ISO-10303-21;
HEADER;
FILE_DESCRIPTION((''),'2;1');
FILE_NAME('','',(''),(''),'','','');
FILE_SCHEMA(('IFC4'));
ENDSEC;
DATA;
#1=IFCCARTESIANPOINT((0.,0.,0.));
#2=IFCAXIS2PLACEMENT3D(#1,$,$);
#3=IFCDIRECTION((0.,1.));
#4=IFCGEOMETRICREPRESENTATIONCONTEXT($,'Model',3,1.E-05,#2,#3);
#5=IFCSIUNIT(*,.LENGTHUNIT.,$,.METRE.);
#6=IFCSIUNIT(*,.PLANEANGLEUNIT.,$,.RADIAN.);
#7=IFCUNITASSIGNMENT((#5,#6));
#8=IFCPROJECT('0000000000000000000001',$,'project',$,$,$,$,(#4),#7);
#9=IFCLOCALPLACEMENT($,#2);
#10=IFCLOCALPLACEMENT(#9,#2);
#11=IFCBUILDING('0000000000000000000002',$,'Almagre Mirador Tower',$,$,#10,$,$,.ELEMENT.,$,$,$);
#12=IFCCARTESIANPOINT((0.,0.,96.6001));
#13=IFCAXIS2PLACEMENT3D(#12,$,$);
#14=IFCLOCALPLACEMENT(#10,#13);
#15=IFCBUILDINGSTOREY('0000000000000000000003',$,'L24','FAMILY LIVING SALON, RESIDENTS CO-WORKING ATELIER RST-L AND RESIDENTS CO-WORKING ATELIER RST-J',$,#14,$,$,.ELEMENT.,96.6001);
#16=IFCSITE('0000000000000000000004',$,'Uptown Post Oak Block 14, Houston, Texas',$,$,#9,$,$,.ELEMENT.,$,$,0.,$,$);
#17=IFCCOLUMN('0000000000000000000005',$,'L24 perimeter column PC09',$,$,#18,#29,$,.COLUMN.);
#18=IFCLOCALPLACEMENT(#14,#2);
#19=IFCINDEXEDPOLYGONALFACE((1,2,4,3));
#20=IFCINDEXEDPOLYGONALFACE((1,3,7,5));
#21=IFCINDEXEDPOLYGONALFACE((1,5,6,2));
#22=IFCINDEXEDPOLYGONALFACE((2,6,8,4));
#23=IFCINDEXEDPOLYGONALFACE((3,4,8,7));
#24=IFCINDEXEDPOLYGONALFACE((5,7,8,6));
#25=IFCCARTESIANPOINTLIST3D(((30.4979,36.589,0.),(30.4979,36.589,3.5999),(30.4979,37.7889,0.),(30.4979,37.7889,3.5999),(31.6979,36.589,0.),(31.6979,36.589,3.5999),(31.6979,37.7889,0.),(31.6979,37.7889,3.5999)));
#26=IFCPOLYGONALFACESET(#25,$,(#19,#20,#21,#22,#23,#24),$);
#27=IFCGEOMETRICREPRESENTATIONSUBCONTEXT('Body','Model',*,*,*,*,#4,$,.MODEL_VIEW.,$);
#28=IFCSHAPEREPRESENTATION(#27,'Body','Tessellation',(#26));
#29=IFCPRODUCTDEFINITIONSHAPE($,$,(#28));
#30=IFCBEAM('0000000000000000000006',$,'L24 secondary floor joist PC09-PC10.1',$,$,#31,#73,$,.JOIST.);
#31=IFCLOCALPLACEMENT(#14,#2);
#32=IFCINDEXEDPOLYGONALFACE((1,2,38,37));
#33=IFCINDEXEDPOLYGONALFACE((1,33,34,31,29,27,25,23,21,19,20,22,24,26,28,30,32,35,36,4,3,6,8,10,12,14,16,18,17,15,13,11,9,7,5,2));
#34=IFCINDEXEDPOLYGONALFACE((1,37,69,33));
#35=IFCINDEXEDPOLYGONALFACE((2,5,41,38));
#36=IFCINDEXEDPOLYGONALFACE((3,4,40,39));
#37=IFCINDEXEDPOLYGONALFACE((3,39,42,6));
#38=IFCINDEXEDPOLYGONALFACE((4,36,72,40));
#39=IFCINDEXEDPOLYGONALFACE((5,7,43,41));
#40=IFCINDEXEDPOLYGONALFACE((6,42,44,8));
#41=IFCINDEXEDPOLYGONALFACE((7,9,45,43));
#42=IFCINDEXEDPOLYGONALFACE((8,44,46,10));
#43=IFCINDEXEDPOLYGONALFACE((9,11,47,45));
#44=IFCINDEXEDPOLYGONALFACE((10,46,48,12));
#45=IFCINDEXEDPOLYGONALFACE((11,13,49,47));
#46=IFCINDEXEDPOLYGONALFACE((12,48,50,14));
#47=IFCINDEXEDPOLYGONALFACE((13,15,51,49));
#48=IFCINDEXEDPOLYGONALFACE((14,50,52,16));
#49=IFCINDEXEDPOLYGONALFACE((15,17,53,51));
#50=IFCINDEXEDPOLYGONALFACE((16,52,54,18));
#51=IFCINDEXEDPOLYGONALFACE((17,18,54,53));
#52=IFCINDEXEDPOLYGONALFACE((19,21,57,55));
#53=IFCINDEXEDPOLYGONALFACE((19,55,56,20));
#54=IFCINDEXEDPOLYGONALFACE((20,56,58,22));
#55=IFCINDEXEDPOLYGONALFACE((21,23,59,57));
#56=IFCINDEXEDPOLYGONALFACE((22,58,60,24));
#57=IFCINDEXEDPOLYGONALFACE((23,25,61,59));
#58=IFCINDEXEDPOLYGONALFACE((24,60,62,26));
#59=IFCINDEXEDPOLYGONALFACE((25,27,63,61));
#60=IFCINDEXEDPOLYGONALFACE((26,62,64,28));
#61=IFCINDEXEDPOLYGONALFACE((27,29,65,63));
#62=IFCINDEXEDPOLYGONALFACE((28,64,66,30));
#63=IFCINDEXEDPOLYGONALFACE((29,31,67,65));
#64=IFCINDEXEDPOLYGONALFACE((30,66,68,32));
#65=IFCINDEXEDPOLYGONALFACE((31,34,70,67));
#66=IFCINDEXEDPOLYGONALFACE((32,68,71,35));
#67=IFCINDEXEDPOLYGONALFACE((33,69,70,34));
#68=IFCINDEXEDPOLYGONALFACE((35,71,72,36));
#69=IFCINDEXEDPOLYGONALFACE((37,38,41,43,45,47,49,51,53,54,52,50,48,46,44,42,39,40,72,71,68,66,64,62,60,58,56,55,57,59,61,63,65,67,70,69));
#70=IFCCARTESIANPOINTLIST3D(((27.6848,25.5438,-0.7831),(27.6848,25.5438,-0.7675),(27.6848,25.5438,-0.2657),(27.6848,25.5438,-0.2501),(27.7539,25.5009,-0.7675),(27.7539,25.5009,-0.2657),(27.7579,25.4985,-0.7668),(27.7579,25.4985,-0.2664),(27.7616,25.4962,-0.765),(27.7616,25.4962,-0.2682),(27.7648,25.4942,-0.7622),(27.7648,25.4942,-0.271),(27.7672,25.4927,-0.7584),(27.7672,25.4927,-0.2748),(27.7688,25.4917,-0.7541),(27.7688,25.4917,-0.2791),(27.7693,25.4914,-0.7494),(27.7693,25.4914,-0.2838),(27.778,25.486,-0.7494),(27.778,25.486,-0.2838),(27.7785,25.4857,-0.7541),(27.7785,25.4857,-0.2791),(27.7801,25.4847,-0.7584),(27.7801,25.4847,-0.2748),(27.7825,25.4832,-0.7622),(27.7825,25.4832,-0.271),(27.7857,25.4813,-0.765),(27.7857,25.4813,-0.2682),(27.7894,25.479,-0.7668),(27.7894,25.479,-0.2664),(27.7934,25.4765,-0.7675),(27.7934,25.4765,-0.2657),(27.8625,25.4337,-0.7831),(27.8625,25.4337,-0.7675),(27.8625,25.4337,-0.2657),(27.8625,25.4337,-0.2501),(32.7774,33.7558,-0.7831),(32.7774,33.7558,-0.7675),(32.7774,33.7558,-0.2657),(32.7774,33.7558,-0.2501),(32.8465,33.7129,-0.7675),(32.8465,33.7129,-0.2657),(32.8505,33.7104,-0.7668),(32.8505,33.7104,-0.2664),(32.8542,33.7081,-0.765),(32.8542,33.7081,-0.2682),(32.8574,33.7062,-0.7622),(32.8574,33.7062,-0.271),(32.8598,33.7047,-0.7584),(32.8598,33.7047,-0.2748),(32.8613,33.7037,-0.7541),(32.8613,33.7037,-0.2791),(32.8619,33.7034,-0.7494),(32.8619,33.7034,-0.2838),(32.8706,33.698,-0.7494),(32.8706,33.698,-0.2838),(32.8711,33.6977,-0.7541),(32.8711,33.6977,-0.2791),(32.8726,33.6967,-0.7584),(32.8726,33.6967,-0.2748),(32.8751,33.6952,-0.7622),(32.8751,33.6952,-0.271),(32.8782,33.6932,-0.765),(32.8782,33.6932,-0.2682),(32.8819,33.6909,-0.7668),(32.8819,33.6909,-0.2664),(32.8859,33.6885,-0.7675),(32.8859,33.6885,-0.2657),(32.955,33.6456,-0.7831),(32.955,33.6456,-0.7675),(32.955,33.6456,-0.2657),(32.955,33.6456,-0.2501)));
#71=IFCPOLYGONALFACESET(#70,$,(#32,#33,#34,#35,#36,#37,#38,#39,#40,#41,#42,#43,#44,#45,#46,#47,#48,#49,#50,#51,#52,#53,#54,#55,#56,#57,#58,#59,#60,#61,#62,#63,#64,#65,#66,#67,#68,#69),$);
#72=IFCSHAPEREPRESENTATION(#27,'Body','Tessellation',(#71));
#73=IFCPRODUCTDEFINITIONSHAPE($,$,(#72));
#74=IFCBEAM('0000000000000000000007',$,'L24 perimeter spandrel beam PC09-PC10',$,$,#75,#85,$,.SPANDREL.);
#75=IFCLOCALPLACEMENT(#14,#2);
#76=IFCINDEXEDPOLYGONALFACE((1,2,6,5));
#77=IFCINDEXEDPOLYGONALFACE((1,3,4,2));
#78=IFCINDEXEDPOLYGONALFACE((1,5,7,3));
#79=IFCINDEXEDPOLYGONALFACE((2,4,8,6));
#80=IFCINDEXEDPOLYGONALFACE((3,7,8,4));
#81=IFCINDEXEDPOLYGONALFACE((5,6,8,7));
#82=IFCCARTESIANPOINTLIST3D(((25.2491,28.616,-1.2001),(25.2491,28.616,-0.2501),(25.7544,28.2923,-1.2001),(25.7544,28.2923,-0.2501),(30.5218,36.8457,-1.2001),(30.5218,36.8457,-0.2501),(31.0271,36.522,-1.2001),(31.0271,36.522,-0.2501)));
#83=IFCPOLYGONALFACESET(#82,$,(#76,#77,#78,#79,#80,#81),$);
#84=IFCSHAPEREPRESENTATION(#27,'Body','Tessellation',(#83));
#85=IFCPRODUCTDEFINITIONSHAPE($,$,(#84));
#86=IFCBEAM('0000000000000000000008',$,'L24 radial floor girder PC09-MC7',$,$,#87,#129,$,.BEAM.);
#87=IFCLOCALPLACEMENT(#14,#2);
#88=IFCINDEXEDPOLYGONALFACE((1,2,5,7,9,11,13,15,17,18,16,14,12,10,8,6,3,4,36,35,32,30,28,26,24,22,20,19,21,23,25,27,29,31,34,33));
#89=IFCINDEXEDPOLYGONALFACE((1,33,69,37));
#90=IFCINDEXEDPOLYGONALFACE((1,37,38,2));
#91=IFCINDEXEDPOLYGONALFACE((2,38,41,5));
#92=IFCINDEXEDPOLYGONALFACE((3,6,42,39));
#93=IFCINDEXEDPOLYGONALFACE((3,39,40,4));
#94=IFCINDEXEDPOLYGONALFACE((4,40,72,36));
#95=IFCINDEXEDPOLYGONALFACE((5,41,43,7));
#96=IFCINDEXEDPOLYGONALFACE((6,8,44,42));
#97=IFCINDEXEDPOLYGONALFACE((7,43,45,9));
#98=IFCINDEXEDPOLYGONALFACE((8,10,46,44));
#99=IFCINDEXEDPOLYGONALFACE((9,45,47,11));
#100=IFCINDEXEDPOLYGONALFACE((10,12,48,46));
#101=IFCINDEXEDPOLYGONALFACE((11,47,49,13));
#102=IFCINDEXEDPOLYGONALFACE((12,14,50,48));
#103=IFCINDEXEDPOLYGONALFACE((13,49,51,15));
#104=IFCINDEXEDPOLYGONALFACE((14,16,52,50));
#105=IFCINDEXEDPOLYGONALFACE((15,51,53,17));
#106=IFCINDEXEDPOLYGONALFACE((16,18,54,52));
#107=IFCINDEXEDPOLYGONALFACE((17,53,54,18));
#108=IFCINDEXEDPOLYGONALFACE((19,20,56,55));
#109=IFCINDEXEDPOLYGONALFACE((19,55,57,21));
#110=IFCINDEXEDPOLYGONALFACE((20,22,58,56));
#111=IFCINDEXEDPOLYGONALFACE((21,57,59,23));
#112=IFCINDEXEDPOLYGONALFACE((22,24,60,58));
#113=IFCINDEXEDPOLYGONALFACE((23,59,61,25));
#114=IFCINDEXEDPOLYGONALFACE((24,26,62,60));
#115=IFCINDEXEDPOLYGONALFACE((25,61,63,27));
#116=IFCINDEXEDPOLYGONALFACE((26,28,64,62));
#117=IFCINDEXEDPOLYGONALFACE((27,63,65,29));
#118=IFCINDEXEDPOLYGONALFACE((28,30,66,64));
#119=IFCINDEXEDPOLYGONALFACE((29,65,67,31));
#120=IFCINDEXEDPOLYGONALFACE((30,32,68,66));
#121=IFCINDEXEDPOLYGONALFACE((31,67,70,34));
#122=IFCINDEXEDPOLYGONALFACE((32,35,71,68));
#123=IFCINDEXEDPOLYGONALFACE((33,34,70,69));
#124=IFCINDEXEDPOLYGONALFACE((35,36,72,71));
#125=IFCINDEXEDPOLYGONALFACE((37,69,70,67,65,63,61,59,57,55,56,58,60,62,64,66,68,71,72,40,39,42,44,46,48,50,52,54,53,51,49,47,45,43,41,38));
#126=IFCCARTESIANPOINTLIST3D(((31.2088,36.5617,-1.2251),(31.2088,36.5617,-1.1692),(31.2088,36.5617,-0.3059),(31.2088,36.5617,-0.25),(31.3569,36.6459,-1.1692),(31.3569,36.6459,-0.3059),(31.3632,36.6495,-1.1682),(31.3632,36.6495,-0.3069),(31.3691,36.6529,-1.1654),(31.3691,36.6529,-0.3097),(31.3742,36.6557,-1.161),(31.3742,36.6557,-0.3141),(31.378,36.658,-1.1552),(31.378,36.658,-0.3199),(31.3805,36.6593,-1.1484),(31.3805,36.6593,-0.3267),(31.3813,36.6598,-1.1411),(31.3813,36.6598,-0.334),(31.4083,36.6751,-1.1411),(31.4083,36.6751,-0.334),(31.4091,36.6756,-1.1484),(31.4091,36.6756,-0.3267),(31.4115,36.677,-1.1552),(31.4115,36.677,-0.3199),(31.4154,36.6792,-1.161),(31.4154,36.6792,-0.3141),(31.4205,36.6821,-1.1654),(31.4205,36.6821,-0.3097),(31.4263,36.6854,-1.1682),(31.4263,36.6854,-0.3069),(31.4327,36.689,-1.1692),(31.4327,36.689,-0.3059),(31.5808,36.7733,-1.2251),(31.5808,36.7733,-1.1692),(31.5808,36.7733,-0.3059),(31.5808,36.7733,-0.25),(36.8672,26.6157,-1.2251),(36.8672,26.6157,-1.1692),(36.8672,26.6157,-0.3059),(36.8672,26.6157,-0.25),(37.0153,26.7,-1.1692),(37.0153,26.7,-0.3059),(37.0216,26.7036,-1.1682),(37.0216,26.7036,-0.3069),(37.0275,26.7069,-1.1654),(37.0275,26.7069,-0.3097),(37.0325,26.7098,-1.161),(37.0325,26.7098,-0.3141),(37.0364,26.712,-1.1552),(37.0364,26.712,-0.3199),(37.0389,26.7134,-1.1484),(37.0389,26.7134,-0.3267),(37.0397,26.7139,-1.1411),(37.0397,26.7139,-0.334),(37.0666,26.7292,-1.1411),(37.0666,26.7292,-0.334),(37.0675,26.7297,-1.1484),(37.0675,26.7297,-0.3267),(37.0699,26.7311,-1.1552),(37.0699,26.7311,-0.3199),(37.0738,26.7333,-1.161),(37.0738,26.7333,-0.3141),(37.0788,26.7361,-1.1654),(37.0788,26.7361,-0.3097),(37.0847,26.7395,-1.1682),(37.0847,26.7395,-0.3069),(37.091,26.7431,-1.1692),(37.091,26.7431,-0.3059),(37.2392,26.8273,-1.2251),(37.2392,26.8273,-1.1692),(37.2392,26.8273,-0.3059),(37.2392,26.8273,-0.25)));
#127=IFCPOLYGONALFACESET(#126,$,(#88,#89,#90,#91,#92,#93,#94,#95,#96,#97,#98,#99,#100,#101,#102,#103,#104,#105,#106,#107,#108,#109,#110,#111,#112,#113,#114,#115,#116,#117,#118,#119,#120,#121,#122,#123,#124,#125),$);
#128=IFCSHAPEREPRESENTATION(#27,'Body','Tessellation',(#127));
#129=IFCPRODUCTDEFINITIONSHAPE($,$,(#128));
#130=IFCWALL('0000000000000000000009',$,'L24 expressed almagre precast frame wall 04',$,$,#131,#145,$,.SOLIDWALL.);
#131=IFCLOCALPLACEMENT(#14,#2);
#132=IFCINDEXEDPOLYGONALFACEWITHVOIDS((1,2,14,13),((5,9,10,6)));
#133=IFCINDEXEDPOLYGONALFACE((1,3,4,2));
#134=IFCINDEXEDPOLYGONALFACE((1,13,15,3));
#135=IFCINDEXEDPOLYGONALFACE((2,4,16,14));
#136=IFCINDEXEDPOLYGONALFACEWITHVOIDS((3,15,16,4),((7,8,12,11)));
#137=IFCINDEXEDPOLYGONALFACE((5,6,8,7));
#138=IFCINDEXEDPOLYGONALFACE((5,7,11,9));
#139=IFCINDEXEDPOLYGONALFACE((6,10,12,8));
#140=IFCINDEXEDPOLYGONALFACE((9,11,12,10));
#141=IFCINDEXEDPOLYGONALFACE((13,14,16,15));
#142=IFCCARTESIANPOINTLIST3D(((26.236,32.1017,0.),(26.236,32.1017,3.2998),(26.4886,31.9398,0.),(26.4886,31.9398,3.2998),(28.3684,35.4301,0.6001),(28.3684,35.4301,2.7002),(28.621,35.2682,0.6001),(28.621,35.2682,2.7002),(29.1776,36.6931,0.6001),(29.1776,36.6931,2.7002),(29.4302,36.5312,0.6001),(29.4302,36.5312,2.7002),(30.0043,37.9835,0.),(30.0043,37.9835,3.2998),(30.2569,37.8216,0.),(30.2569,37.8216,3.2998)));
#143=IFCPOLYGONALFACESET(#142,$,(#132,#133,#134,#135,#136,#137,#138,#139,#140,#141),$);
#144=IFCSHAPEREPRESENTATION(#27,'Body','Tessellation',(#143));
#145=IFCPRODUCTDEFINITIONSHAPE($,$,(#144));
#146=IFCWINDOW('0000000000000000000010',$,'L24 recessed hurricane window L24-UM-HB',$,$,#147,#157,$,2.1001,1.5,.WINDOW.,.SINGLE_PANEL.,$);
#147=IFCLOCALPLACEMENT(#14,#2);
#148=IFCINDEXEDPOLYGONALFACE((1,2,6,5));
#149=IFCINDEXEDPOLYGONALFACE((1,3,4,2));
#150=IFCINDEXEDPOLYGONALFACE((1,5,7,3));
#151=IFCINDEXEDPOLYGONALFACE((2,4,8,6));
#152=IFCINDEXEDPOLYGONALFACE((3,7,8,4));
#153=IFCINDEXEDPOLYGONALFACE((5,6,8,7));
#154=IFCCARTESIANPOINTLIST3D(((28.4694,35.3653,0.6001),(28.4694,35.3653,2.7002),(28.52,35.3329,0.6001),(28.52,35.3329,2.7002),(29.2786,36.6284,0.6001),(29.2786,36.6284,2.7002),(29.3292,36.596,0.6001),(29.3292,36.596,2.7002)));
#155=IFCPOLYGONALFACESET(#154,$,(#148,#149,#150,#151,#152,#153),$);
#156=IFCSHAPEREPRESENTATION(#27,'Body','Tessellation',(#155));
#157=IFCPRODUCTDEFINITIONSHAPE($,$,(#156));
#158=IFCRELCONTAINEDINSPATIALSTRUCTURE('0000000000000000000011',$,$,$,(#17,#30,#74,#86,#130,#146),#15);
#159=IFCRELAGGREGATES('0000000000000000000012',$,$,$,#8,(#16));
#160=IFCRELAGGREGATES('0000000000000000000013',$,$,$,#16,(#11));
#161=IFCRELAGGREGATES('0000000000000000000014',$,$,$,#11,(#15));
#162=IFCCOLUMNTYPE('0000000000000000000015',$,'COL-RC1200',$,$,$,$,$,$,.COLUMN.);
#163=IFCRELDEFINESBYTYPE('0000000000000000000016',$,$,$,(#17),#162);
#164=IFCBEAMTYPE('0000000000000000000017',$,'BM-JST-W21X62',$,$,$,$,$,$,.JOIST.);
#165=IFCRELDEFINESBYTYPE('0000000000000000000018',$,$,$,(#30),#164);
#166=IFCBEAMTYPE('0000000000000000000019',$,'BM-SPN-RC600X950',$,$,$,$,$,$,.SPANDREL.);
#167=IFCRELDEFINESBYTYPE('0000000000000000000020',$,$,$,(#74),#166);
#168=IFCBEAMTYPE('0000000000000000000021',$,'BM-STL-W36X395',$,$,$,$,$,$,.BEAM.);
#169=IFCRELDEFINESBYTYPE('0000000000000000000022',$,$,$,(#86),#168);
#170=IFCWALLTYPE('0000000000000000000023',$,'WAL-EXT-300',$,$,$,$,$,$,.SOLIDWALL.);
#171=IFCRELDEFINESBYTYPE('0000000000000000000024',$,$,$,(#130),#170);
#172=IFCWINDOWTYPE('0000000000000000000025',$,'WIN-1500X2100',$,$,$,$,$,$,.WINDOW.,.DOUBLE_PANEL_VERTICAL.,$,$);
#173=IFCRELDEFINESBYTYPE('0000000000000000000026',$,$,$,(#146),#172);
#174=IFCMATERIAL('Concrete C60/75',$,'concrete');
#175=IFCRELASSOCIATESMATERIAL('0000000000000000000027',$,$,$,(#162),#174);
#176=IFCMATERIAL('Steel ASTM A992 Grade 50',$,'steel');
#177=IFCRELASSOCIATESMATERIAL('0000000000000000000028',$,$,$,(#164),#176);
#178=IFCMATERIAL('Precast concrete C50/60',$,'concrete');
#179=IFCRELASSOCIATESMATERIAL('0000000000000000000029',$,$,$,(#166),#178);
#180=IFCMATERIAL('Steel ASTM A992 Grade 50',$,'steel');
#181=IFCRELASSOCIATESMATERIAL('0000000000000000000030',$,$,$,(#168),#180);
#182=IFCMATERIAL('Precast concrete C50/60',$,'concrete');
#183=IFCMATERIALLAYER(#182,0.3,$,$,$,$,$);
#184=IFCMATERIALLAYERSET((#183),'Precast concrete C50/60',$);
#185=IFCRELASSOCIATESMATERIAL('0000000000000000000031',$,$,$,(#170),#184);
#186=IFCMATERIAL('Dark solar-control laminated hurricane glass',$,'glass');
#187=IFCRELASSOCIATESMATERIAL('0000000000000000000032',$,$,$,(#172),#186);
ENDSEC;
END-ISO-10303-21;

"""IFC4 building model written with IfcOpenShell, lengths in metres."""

from ifc_helpers import new_model, si_unit, direction, frame, frame_2d, origin, origin_2d, place, context, subcontext, project, spatial, rectangle, i_section, extrude, material, layer, layer_set, material_profile, profile_set, type_object, element, fill, save


model = new_model("IFC4")

# Units and contexts
model_context = context("Model", 3, precision=1e-05, world=origin(), true_north=direction((0.0, 1.0)))
body_context = subcontext(model_context, "Body", "Model", "MODEL_VIEW")
ifc_project = project(units=[si_unit("LENGTHUNIT", "METRE"), si_unit("PLANEANGLEUNIT", "RADIAN")], contexts=[model_context])

# Site, building, storey
site_placement = place(None, origin())
site = spatial("IfcSite", under=ifc_project, at=site_placement, Name="Uptown Post Oak Block 14, Houston, Texas", CompositionType="ELEMENT", RefElevation=0.0)
building_placement = place(site_placement, origin())
building = spatial("IfcBuilding", under=site, at=building_placement, Name="Almagre Mirador Tower", CompositionType="ELEMENT")
storey_placement = place(building_placement, frame((0.0, 0.0, 96.6001)))
storey = spatial("IfcBuildingStorey", under=building, at=storey_placement, Name="L24", Description="FAMILY LIVING SALON, RESIDENTS CO-WORKING ATELIER RST-L AND RESIDENTS CO-WORKING ATELIER RST-J", CompositionType="ELEMENT", Elevation=96.6001)

# Column
ifc_material_1 = material(Name="Concrete C60/75", Category="concrete")
ifc_material_profile_1 = material_profile(ifc_material_1, rectangle(XDim=1.2, YDim=1.2, at=origin_2d()), Name="RC1200X1200")
ifc_profile_set_1 = profile_set([ifc_material_profile_1], Name="Concrete C60/75")
column_type = type_object("IfcColumnType", Name="COL-RC1200", PredefinedType="COLUMN", material=ifc_profile_set_1)
column_placement = place(storey_placement, frame((31.0979, 37.189, 0.0), z_axis=(0.0, 0.0, 1.0), x_axis=(1.0, 0.0, 0.0)))
element("IfcColumn", 1, at=column_placement, inside=storey, type_object=column_type, Name="L24 perimeter column PC09", PredefinedType="COLUMN", context=body_context, shape_type="SweptSolid", body=[
    extrude(rectangle(XDim=1.2, YDim=1.2, at=origin_2d()), origin(), (0.0, 0.0, 1.0), 3.5999),
])

# Beams
ifc_material_2 = material(Name="Steel ASTM A992 Grade 50", Category="steel")
ifc_material_profile_2 = material_profile(ifc_material_2, i_section(OverallWidth=0.209, OverallDepth=0.533, WebThickness=0.0103, FlangeThickness=0.0156, FilletRadius=0.0181, at=origin_2d()), Name="W21X62")
ifc_profile_set_2 = profile_set([ifc_material_profile_2], Name="Steel ASTM A992 Grade 50")
beam_type_1 = type_object("IfcBeamType", Name="BM-JST-W21X62", PredefinedType="JOIST", material=ifc_profile_set_2)
beam_1_placement = place(storey_placement, frame((32.8662, 33.7007, -0.5166), z_axis=(-0.527025, -0.84985, 0.0), x_axis=(0.84985, -0.527025, 0.0)))
element("IfcBeam", 2, at=beam_1_placement, inside=storey, type_object=beam_type_1, Name="L24 secondary floor joist PC09-PC10.1", PredefinedType="JOIST", context=body_context, shape_type="SweptSolid", body=[
    extrude(i_section(OverallWidth=0.209, OverallDepth=0.533, WebThickness=0.0103, FlangeThickness=0.0156, FilletRadius=0.0181, at=origin_2d()), origin(), (0.0, 0.0, 1.0), 9.6628),
])
ifc_material_3 = material(Name="Precast concrete C50/60", Category="concrete")
ifc_material_profile_3 = material_profile(ifc_material_3, rectangle(XDim=0.6001, YDim=0.95, at=origin_2d()), Name="RC600X950")
ifc_profile_set_3 = profile_set([ifc_material_profile_3], Name="Precast concrete C50/60")
beam_type_2 = type_object("IfcBeamType", Name="BM-SPN-RC600X950", PredefinedType="SPANDREL", material=ifc_profile_set_3)
beam_2_placement = place(storey_placement, frame((30.7744, 36.6838, -0.7251), z_axis=(-0.539465, -0.842008, 0.0), x_axis=(0.842008, -0.539465, 0.0)))
element("IfcBeam", 3, at=beam_2_placement, inside=storey, type_object=beam_type_2, Name="L24 perimeter spandrel beam PC09-PC10", PredefinedType="SPANDREL", context=body_context, shape_type="SweptSolid", body=[
    extrude(rectangle(XDim=0.6001, YDim=0.95, at=origin_2d()), origin(), (0.0, 0.0, 1.0), 9.7739),
])
ifc_material_4 = material(Name="Steel ASTM A992 Grade 50", Category="steel")
ifc_material_profile_4 = material_profile(ifc_material_4, i_section(OverallWidth=0.428, OverallDepth=0.9751, WebThickness=0.031, FlangeThickness=0.0559, FilletRadius=0.0281, at=origin_2d()), Name="W36X395")
ifc_profile_set_4 = profile_set([ifc_material_profile_4], Name="Steel ASTM A992 Grade 50")
beam_type_3 = type_object("IfcBeamType", Name="BM-STL-W36X395", PredefinedType="BEAM", material=ifc_profile_set_4)
beam_3_placement = place(storey_placement, frame((31.3948, 36.6675, -0.7375), z_axis=(0.494491, -0.869183, 0.0), x_axis=(0.869183, 0.494491, 0.0)))
element("IfcBeam", 4, at=beam_3_placement, inside=storey, type_object=beam_type_3, Name="L24 radial floor girder PC09-MC7", PredefinedType="BEAM", context=body_context, shape_type="SweptSolid", body=[
    extrude(i_section(OverallWidth=0.428, OverallDepth=0.9751, WebThickness=0.031, FlangeThickness=0.0559, FilletRadius=0.0281, at=origin_2d()), origin(), (0.0, 0.0, 1.0), 11.4429),
])

# Wall, opening, window
ifc_material_5 = material(Name="Precast concrete C50/60", Category="concrete")
ifc_layer_1 = layer(ifc_material_5, 0.3)
ifc_layer_set_1 = layer_set([ifc_layer_1], Name="Precast concrete C50/60")
wall_type_1 = type_object("IfcWallType", Name="WAL-EXT-300", PredefinedType="SOLIDWALL", material=ifc_layer_set_1)
wall_1_placement = place(storey_placement, frame((26.3623, 32.0208, 0.0), z_axis=(0.0, 0.0, 1.0), x_axis=(0.539453, 0.842016, 0.0)))
wall_1 = element("IfcWall", 5, at=wall_1_placement, inside=storey, type_object=wall_type_1, Name="L24 expressed almagre precast frame wall 04", PredefinedType="SOLIDWALL", context=body_context, shape_type="SweptSolid", body=[
    extrude(rectangle(XDim=6.9854, YDim=0.3, at=frame_2d((3.4927, 0.0))), origin(), (0.0, 0.0, 1.0), 3.2998),
])
opening_1_placement = place(wall_1_placement, frame((3.9529, 0.0, 0.6001)))
opening_1 = element("IfcOpeningElement", 6, at=opening_1_placement, cuts=wall_1, PredefinedType="OPENING", context=body_context, shape_type="SweptSolid", body=[
    extrude(rectangle(XDim=1.5, YDim=2.1001, at=frame_2d((0.75, 1.05))), frame((0.0, 0.1599, 0.0), z_axis=(0.0, -1.0, 0.0), x_axis=(1.0, 0.0, 0.0)), (0.0, 0.0, 1.0), 0.32),
])
ifc_material_6 = material(Name="Dark solar-control laminated hurricane glass", Category="glass")
window_type_1 = type_object("IfcWindowType", Name="WIN-1500X2100", PartitioningType="DOUBLE_PANEL_VERTICAL", PredefinedType="WINDOW", material=ifc_material_6)
window_1_placement = place(opening_1_placement, origin())
window_1 = element("IfcWindow", 7, at=window_1_placement, inside=storey, type_object=window_type_1, Name="L24 recessed hurricane window L24-UM-HB", OverallHeight=2.1001, OverallWidth=1.5, PartitioningType="SINGLE_PANEL", PredefinedType="WINDOW", context=body_context, shape_type="SweptSolid", body=[
    extrude(rectangle(XDim=1.5, YDim=2.1001, at=frame_2d((0.75, 1.05))), frame((0.0, 0.03, 0.0), z_axis=(0.0, -1.0, 0.0), x_axis=(1.0, 0.0, 0.0)), (0.0, 0.0, 1.0), 0.0601),
])
fill(opening_1, window_1)

save(model, "model.ifc")
